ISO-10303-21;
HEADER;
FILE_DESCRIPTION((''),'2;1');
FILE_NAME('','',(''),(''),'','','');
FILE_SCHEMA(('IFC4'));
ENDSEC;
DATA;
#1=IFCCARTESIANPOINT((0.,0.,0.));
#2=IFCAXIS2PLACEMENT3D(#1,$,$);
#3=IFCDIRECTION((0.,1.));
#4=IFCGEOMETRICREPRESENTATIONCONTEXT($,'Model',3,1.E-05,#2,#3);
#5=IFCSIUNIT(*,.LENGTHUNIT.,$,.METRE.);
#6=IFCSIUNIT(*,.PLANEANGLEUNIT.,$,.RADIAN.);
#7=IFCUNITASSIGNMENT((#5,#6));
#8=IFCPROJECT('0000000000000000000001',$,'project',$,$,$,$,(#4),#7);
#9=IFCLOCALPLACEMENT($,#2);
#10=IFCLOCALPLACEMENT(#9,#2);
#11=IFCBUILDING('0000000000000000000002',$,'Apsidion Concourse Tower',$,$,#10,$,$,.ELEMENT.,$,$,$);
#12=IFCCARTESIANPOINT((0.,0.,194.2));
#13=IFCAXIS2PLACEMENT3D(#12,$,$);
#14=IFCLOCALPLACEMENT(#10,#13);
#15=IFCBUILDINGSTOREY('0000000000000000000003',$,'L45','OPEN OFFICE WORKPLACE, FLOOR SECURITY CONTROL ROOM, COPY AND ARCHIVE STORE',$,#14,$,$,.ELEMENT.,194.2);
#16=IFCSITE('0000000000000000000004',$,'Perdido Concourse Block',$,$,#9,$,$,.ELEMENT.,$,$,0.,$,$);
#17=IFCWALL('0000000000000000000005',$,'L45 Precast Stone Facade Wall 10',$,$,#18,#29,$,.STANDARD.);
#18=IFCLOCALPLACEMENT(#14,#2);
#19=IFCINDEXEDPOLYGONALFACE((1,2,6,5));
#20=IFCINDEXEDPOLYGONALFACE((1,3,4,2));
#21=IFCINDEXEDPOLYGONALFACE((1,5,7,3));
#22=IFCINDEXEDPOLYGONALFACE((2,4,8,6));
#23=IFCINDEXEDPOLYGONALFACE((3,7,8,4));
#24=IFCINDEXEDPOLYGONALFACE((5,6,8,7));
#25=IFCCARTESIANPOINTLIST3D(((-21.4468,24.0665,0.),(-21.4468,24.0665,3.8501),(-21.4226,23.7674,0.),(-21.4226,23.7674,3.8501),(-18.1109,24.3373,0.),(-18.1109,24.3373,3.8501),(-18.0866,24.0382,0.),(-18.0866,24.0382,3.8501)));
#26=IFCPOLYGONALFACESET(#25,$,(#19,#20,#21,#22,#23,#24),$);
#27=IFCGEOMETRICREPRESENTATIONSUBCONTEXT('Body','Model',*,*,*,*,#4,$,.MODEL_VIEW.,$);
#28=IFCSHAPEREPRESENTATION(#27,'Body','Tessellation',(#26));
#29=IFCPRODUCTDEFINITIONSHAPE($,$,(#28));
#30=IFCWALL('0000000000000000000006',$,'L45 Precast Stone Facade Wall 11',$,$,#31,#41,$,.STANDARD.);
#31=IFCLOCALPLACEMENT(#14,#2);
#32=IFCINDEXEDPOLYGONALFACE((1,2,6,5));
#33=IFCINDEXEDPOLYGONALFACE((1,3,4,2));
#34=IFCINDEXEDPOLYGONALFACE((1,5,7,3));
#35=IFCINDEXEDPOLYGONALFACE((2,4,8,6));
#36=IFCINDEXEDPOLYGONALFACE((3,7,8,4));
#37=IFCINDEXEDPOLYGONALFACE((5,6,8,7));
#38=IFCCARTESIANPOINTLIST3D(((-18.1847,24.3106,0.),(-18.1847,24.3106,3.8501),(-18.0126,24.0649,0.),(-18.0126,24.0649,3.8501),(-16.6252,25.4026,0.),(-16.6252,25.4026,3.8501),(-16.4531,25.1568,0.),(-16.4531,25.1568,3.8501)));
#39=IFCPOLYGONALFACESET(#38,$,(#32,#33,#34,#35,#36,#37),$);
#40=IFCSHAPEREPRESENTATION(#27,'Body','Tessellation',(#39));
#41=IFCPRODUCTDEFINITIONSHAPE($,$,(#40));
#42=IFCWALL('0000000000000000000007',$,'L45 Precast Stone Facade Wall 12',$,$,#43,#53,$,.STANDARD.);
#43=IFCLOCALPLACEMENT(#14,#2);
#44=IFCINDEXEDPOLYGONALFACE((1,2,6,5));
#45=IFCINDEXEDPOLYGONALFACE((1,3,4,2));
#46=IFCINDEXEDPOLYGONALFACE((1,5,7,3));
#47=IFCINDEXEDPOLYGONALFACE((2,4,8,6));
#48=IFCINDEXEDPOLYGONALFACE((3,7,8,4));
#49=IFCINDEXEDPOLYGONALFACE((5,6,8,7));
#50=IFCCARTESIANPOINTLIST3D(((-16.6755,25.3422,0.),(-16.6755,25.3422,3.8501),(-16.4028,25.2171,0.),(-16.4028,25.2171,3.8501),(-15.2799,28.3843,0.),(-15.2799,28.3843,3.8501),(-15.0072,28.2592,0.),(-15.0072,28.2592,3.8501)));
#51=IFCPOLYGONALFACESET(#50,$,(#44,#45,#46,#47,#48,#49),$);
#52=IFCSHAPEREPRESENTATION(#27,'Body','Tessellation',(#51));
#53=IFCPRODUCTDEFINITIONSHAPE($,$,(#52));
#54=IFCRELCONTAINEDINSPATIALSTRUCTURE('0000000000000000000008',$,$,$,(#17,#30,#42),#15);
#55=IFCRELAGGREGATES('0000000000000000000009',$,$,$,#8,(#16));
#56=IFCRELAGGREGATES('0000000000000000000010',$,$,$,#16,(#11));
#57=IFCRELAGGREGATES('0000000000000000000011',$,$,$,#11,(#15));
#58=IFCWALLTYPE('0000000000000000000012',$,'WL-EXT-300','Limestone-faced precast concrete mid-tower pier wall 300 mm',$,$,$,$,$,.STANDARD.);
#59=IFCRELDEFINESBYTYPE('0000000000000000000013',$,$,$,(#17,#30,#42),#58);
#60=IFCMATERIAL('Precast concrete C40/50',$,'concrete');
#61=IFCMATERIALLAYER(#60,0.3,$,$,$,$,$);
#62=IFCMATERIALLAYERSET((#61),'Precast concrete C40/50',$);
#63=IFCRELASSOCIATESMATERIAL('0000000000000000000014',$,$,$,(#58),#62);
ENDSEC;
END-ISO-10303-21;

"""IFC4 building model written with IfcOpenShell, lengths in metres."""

from ifc_helpers import new_model, si_unit, direction, frame, frame_2d, origin, place, context, subcontext, project, spatial, rectangle, extrude, material, layer, layer_set, type_object, element, save


model = new_model("IFC4")

# Units and contexts
model_context = context("Model", 3, precision=1e-05, world=origin(), true_north=direction((0.0, 1.0)))
body_context = subcontext(model_context, "Body", "Model", "MODEL_VIEW")
ifc_project = project(units=[si_unit("LENGTHUNIT", "METRE"), si_unit("PLANEANGLEUNIT", "RADIAN")], contexts=[model_context])

# Site, building, storey
site_placement = place(None, origin())
site = spatial("IfcSite", under=ifc_project, at=site_placement, Name="Perdido Concourse Block", CompositionType="ELEMENT", RefElevation=0.0)
building_placement = place(site_placement, origin())
building = spatial("IfcBuilding", under=site, at=building_placement, Name="Apsidion Concourse Tower", CompositionType="ELEMENT")
storey_placement = place(building_placement, frame((0.0, 0.0, 194.2)))
storey = spatial("IfcBuildingStorey", under=building, at=storey_placement, Name="L45", Description="OPEN OFFICE WORKPLACE, FLOOR SECURITY CONTROL ROOM, COPY AND ARCHIVE STORE", CompositionType="ELEMENT", Elevation=194.2)

# Shared definitions
ifc_material_1 = material(Name="Precast concrete C40/50", Category="concrete")
ifc_layer_1 = layer(ifc_material_1, 0.3)
ifc_layer_set_1 = layer_set([ifc_layer_1], Name="Precast concrete C40/50")
wall_type = type_object("IfcWallType", Name="WL-EXT-300", Description="Limestone-faced precast concrete mid-tower pier wall 300 mm", PredefinedType="STANDARD", material=ifc_layer_set_1)

# Walls
wall_1_placement = place(storey_placement, frame((-21.4346, 23.917, 0.0), z_axis=(0.0, 0.0, 1.0), x_axis=(0.996723, 0.080896, 0.0)))
element("IfcWall", 1, at=wall_1_placement, inside=storey, type_object=wall_type, Name="L45 Precast Stone Facade Wall 10", PredefinedType="STANDARD", context=body_context, shape_type="SweptSolid", body=[
    extrude(rectangle(XDim=3.3469, YDim=0.3, at=frame_2d((1.6733, 0.0))), origin(), (0.0, 0.0, 1.0), 3.8501),
])
wall_2_placement = place(storey_placement, frame((-18.0986, 24.1877, 0.0), z_axis=(0.0, 0.0, 1.0), x_axis=(0.819148, 0.573583, 0.0)))
element("IfcWall", 2, at=wall_2_placement, inside=storey, type_object=wall_type, Name="L45 Precast Stone Facade Wall 11", PredefinedType="STANDARD", context=body_context, shape_type="SweptSolid", body=[
    extrude(rectangle(XDim=1.9038, YDim=0.3, at=frame_2d((0.9519, 0.0))), origin(), (0.0, 0.0, 1.0), 3.8501),
])
wall_3_placement = place(storey_placement, frame((-16.5391, 25.2798, 0.0), z_axis=(0.0, 0.0, 1.0), x_axis=(0.416966, 0.908922, 0.0)))
element("IfcWall", 3, at=wall_3_placement, inside=storey, type_object=wall_type, Name="L45 Precast Stone Facade Wall 12", PredefinedType="STANDARD", context=body_context, shape_type="SweptSolid", body=[
    extrude(rectangle(XDim=3.3469, YDim=0.3, at=frame_2d((1.6733, 0.0))), origin(), (0.0, 0.0, 1.0), 3.8501),
])

save(model, "model.ifc")
